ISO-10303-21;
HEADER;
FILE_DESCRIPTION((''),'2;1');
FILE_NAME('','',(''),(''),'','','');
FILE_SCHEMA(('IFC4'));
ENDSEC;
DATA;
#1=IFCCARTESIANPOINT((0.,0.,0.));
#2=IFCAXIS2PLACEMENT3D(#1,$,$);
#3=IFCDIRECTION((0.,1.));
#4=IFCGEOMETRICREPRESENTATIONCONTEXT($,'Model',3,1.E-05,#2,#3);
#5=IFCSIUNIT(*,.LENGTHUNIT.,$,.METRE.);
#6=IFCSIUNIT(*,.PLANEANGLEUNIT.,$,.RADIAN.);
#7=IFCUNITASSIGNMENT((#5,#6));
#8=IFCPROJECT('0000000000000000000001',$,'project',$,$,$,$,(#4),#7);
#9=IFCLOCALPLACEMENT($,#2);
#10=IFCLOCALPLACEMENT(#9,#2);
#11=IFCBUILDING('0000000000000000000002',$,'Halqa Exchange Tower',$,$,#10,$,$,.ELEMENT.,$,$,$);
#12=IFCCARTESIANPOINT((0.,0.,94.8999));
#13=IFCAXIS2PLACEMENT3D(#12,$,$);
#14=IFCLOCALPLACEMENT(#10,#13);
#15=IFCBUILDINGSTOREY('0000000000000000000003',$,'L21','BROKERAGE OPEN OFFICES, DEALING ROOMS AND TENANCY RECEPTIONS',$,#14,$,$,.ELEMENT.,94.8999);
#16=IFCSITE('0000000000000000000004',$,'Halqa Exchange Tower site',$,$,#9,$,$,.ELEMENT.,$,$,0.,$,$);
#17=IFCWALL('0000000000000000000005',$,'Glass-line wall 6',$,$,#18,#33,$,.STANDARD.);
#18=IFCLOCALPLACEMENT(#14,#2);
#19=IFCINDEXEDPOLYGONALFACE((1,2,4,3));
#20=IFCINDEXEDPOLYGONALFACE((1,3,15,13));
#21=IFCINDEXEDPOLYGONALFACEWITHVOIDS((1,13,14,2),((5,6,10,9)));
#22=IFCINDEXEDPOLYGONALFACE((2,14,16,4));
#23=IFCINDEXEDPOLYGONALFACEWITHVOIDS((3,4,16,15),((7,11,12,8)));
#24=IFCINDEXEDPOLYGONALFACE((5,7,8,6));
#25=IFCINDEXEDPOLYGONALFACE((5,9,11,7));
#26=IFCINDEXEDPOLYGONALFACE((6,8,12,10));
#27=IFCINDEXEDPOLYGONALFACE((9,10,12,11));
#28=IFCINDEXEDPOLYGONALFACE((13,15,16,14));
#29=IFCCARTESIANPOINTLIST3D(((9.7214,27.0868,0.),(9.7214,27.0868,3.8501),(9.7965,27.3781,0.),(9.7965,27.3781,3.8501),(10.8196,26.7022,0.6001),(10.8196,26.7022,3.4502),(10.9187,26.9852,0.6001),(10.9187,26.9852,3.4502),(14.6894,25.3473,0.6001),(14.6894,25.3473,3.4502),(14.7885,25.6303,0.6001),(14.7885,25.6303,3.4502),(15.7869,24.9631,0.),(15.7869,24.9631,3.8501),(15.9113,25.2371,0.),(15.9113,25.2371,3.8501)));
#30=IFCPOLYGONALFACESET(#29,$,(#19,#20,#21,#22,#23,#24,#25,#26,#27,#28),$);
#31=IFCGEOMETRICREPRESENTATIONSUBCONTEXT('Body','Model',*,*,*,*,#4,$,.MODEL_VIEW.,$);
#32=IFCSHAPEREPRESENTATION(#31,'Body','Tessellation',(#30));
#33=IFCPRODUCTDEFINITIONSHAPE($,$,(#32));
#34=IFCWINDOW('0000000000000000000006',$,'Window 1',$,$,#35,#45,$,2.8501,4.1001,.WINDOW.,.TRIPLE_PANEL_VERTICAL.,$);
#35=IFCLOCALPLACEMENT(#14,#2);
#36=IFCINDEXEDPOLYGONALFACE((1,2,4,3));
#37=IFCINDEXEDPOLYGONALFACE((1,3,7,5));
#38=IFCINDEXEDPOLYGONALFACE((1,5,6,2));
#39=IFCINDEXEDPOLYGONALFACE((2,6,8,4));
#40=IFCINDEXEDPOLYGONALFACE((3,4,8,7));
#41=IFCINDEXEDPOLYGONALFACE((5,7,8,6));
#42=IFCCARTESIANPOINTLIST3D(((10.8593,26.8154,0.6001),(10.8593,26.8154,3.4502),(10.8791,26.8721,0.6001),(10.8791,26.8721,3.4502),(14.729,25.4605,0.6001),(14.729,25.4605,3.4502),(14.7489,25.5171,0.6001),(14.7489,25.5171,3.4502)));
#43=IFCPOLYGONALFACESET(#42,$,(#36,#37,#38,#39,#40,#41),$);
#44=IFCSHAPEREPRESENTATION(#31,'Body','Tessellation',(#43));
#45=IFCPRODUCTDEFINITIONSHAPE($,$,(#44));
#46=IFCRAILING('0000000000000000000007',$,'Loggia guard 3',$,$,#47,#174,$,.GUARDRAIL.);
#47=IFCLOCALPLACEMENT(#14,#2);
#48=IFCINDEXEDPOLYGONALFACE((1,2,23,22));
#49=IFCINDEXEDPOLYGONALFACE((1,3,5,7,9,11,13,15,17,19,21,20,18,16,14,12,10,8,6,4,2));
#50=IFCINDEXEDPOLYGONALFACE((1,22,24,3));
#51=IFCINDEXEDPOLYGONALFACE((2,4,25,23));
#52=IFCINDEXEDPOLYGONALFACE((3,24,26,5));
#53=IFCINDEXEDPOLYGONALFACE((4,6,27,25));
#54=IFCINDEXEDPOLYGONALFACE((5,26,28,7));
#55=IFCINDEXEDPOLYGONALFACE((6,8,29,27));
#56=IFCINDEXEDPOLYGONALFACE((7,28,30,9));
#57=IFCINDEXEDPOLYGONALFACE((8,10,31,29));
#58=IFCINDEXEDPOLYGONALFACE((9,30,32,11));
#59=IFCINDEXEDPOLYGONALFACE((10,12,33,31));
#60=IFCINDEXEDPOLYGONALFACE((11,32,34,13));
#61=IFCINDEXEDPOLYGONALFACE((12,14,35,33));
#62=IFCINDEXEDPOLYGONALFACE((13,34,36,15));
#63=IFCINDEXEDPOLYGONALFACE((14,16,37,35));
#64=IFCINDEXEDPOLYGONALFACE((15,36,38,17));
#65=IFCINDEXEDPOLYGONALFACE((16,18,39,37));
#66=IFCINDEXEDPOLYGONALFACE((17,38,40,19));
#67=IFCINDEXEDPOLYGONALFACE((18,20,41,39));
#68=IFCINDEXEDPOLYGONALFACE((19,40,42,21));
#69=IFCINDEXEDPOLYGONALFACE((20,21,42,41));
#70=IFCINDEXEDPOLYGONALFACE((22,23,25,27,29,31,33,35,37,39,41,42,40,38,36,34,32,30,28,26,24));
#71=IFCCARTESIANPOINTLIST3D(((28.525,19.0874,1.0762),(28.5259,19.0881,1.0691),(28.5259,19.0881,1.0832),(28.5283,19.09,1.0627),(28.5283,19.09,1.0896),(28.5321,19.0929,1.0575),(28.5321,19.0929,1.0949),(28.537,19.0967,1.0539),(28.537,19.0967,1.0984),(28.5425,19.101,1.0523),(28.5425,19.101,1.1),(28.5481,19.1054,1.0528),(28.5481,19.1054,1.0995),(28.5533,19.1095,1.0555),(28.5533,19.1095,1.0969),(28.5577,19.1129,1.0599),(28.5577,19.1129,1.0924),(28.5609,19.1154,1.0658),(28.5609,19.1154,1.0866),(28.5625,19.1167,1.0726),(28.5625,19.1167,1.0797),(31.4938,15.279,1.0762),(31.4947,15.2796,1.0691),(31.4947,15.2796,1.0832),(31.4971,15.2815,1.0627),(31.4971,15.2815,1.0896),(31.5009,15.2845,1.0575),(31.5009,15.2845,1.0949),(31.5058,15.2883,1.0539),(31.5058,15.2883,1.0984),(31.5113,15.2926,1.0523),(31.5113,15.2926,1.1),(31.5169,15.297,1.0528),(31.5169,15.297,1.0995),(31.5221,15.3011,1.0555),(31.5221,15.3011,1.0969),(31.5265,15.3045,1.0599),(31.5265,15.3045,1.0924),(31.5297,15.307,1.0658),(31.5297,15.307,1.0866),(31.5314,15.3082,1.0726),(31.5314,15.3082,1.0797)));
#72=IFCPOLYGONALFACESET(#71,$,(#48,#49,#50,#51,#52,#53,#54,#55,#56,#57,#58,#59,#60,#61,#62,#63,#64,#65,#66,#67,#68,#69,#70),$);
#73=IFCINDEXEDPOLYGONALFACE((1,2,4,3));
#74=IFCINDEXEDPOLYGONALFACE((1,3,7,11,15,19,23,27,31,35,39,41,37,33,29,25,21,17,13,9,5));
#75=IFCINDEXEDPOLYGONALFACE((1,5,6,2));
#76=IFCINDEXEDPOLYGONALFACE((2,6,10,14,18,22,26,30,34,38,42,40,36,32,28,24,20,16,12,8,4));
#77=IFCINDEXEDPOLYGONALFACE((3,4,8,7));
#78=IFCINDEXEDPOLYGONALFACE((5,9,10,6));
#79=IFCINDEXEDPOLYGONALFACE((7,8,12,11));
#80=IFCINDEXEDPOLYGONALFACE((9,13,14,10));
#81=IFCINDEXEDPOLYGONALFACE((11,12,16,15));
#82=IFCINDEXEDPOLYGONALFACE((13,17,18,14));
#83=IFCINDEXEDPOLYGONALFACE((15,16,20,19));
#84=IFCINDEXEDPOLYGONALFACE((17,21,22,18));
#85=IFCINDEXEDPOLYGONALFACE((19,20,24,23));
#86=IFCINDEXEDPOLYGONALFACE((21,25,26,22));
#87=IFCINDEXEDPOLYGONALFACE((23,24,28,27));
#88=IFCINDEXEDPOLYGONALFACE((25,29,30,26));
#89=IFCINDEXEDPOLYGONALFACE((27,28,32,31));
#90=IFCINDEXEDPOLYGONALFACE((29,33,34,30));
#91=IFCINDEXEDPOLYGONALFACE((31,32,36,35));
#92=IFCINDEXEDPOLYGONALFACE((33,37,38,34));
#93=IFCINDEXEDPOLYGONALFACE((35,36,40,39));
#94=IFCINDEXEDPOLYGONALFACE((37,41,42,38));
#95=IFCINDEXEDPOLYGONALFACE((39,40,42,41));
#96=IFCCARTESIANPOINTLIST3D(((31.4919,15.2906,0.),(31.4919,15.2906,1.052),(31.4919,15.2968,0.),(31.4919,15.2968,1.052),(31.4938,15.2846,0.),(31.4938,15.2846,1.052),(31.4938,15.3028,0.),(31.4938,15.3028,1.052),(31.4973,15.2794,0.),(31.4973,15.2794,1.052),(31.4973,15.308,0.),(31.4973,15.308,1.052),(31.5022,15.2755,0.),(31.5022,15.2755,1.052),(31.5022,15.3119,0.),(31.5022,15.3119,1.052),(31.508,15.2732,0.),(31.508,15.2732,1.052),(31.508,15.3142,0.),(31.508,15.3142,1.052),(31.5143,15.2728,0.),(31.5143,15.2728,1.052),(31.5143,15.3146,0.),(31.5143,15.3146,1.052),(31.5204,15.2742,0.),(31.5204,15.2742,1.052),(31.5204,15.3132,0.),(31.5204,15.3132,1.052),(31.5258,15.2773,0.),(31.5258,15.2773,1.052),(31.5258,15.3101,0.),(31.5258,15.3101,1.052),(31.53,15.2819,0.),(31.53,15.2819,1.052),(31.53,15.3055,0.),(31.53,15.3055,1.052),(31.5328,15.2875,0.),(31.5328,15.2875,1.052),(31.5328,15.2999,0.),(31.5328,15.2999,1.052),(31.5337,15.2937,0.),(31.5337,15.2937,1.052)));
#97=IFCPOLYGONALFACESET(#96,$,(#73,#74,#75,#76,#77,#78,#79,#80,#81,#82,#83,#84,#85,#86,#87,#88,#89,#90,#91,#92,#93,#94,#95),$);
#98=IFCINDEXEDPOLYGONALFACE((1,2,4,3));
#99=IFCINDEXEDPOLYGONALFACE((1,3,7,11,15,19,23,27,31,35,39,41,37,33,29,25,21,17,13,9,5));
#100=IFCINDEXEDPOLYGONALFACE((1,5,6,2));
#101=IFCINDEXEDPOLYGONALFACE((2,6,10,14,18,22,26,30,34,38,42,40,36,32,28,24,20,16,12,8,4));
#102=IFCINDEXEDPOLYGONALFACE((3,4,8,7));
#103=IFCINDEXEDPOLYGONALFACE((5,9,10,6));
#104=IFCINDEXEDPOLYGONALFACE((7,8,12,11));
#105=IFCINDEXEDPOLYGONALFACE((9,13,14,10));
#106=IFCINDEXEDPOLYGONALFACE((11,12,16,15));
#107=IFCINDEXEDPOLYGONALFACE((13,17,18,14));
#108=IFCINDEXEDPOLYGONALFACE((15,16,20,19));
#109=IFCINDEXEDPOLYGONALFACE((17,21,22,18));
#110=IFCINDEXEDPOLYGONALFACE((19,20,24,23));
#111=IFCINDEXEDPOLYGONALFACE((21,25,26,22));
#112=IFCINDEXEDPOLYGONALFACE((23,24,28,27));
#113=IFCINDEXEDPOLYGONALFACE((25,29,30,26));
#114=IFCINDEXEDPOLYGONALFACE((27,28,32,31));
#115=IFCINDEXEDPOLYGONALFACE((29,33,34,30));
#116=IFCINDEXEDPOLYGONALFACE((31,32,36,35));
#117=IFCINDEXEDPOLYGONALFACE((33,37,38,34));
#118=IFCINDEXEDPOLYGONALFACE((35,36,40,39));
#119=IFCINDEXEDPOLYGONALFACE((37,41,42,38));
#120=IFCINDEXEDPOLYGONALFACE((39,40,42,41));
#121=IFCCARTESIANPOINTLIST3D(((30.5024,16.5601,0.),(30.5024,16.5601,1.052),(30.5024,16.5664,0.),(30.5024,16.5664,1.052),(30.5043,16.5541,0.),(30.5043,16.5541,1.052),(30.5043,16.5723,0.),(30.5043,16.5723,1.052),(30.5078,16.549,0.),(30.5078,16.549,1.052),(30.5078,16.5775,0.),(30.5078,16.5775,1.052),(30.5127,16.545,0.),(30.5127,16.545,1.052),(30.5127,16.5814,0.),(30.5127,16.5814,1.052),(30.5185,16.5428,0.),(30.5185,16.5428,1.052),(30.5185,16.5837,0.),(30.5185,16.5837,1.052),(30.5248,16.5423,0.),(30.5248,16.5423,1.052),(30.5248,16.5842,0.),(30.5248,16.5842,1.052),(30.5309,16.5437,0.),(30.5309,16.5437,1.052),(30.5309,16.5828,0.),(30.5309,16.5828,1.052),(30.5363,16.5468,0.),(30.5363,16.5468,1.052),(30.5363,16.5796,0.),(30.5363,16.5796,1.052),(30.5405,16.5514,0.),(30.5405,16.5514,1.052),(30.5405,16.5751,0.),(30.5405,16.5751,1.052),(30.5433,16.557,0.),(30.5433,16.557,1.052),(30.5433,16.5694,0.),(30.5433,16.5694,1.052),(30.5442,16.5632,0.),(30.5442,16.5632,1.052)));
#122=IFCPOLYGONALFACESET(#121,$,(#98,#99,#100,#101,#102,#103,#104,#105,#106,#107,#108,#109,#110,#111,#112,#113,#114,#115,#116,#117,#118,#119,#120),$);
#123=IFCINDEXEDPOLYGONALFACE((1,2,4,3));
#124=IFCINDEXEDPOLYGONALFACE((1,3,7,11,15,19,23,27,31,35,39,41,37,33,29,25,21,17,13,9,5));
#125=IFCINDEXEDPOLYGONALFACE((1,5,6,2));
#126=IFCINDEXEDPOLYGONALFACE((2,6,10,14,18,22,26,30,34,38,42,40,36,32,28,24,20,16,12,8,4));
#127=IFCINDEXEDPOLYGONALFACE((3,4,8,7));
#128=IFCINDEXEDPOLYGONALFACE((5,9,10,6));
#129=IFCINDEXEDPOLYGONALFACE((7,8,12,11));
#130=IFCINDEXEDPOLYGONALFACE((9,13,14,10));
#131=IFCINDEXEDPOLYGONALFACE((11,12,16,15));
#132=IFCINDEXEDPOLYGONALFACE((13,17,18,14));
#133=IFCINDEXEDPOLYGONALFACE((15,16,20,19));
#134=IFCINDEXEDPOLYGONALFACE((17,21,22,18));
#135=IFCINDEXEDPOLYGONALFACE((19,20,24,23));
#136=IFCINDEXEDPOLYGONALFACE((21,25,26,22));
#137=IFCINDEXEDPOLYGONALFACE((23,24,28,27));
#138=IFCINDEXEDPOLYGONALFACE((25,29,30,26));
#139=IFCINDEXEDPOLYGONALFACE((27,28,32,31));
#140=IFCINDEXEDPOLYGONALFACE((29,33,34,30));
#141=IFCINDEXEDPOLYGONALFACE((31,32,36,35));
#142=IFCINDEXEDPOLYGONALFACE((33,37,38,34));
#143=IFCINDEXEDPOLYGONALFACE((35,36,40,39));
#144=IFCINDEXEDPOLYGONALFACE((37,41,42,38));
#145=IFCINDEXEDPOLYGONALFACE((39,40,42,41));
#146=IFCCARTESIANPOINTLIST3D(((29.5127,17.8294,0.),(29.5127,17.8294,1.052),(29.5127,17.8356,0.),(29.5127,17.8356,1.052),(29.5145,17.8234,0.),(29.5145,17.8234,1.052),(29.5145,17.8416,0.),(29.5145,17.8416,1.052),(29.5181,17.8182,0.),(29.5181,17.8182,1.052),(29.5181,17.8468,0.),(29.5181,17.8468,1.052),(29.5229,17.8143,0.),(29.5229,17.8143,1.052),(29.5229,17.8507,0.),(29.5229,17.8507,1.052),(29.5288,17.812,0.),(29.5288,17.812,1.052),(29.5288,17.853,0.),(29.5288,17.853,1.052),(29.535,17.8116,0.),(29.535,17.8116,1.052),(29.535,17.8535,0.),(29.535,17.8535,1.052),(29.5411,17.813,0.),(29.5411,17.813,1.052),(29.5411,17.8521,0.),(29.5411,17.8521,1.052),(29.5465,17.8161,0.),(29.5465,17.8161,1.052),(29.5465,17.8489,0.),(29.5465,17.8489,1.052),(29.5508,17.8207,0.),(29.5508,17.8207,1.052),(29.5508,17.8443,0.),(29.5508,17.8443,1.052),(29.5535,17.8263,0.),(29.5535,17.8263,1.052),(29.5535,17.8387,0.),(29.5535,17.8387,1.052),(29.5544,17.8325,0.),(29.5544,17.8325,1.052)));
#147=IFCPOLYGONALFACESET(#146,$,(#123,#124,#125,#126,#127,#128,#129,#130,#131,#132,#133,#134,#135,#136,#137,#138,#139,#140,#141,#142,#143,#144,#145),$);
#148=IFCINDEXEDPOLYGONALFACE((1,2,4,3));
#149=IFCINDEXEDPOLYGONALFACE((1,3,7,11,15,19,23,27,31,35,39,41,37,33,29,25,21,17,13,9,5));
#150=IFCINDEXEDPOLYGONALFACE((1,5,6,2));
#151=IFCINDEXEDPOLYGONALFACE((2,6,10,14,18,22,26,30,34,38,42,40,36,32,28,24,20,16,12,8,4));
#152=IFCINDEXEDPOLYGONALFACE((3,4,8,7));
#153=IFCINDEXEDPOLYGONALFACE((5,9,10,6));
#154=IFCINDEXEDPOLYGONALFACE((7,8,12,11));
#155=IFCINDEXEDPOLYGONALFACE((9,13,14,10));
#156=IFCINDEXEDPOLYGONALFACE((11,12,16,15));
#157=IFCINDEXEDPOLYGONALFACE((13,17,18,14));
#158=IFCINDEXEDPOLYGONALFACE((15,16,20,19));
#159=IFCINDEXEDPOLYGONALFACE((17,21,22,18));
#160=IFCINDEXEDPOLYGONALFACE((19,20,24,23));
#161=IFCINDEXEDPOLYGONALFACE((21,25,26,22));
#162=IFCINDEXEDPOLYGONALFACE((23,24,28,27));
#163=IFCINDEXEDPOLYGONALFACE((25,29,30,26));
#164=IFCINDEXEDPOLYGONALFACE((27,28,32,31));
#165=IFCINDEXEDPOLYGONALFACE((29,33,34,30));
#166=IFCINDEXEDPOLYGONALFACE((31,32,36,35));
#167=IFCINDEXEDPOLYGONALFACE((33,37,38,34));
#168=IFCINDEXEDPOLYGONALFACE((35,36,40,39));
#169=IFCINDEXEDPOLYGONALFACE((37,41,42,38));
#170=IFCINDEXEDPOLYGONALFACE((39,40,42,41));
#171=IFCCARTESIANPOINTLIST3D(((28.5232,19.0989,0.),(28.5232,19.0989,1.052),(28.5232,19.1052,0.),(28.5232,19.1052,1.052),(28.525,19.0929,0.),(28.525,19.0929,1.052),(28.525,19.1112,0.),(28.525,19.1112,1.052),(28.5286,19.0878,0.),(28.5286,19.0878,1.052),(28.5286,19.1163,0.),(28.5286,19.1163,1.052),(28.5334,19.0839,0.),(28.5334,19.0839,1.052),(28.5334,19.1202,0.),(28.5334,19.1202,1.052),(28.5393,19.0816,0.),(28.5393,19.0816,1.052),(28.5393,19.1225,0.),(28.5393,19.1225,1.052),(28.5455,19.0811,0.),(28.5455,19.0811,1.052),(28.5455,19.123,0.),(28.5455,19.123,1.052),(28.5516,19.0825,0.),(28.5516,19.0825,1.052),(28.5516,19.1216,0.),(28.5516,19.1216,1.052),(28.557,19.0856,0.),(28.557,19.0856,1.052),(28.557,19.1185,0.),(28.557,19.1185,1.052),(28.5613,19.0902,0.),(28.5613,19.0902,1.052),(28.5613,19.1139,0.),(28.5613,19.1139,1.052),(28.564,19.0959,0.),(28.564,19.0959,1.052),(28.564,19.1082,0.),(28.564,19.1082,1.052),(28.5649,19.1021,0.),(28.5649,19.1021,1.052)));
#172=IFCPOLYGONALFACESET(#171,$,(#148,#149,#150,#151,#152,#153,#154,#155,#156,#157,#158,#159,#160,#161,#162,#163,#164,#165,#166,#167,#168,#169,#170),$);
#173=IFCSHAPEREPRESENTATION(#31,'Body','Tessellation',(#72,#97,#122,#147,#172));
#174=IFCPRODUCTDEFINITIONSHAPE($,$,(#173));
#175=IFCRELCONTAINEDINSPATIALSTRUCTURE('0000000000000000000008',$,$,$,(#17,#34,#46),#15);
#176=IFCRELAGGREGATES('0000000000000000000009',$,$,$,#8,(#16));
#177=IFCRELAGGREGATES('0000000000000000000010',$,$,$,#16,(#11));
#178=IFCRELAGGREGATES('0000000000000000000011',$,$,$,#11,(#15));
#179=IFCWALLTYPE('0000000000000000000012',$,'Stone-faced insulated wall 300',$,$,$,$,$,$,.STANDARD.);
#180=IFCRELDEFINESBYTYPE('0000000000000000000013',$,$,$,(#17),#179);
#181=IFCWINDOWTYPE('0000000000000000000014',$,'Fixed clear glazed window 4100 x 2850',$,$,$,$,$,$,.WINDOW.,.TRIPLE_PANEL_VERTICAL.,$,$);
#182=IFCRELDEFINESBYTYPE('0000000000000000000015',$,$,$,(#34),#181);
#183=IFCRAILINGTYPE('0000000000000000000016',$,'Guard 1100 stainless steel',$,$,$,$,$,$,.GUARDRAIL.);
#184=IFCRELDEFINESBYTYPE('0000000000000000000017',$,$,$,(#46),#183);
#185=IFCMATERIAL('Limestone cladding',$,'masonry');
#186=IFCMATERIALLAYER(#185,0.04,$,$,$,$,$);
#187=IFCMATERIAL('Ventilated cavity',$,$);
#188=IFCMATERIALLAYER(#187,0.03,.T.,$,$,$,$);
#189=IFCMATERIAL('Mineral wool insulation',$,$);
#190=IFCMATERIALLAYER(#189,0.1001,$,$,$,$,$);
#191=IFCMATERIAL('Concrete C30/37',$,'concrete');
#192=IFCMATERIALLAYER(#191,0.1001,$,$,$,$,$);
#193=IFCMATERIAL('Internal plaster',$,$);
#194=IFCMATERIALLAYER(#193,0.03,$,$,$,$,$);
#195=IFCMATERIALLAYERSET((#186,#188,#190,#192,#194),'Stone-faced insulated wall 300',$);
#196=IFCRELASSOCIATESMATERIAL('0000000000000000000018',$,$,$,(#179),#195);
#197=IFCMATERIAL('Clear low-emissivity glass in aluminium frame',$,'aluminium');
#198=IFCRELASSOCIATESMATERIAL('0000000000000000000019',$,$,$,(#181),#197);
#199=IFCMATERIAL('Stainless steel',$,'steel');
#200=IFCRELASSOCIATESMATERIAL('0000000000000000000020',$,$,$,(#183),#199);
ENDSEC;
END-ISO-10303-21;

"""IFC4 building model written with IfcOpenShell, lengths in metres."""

from ifc_helpers import new_model, si_unit, direction, frame, frame_2d, origin, origin_2d, place, context, subcontext, project, spatial, polyline, rectangle, circle, outline, extrude, material, layer, layer_set, type_object, element, fill, save


model = new_model("IFC4")

# Units and contexts
model_context = context("Model", 3, precision=1e-05, world=origin(), true_north=direction((0.0, 1.0)))
body_context = subcontext(model_context, "Body", "Model", "MODEL_VIEW")
ifc_project = project(units=[si_unit("LENGTHUNIT", "METRE"), si_unit("PLANEANGLEUNIT", "RADIAN")], contexts=[model_context])

# Site, building, storey
site_placement = place(None, origin())
site = spatial("IfcSite", under=ifc_project, at=site_placement, Name="Halqa Exchange Tower site", CompositionType="ELEMENT", RefElevation=0.0)
building_placement = place(site_placement, origin())
building = spatial("IfcBuilding", under=site, at=building_placement, Name="Halqa Exchange Tower", CompositionType="ELEMENT")
storey_placement = place(building_placement, frame((0.0, 0.0, 94.8999)))
storey = spatial("IfcBuildingStorey", under=building, at=storey_placement, Name="L21", Description="BROKERAGE OPEN OFFICES, DEALING ROOMS AND TENANCY RECEPTIONS", CompositionType="ELEMENT", Elevation=94.8999)

# Shared definitions
ifc_material_1 = material(Name="Limestone cladding", Category="masonry")
ifc_layer_1 = layer(ifc_material_1, 0.04)
ifc_material_2 = material(Name="Ventilated cavity")
ifc_layer_2 = layer(ifc_material_2, 0.03, ventilated=True)
ifc_material_3 = material(Name="Mineral wool insulation")
ifc_layer_3 = layer(ifc_material_3, 0.1001)
ifc_material_4 = material(Name="Concrete C30/37", Category="concrete")
ifc_layer_4 = layer(ifc_material_4, 0.1001)
ifc_material_5 = material(Name="Internal plaster")
ifc_layer_5 = layer(ifc_material_5, 0.03)
ifc_layer_set_1 = layer_set([ifc_layer_1, ifc_layer_2, ifc_layer_3, ifc_layer_4, ifc_layer_5], Name="Stone-faced insulated wall 300")
wall_type_1 = type_object("IfcWallType", Name="Stone-faced insulated wall 300", PredefinedType="STANDARD", material=ifc_layer_set_1)
ifc_material_6 = material(Name="Clear low-emissivity glass in aluminium frame", Category="aluminium")

# Wall, opening, window
window_type = type_object("IfcWindowType", Name="Fixed clear glazed window 4100 x 2850", PartitioningType="TRIPLE_PANEL_VERTICAL", PredefinedType="WINDOW", material=ifc_material_6)
wall_1_placement = place(storey_placement, frame((15.8491, 25.1001, 0.0), z_axis=(0.0, 0.0, 1.0), x_axis=(-0.94382, 0.33046, 0.0)))
wall_1 = element("IfcWall", 1, at=wall_1_placement, inside=storey, type_object=wall_type_1, Name="Glass-line wall 6", PredefinedType="STANDARD", context=body_context, shape_type="SweptSolid", body=[
    extrude(outline(polyline([(-0.0134, -0.1499), (6.4653, -0.1499), (6.4399, 0.1499), (0.0134, 0.1499), (-0.0134, -0.1499)])), origin(), (0.0, 0.0, 1.0), 3.8501),
])
opening_1_placement = place(wall_1_placement, frame((1.1763, 0.0, 0.6001)))
opening_1 = element("IfcOpeningElement", 2, at=opening_1_placement, cuts=wall_1, PredefinedType="OPENING", context=body_context, shape_type="SweptSolid", body=[
    extrude(rectangle(XDim=4.1001, YDim=2.8501, at=frame_2d((2.05, 1.425))), frame((0.0, 0.1621, 0.0), z_axis=(0.0, -1.0, 0.0), x_axis=(1.0, 0.0, 0.0)), (0.0, 0.0, 1.0), 0.324),
])
window_1_placement = place(opening_1_placement, origin())
window_1 = element("IfcWindow", 3, at=window_1_placement, inside=storey, type_object=window_type, Name="Window 1", OverallHeight=2.8501, OverallWidth=4.1001, PartitioningType="TRIPLE_PANEL_VERTICAL", PredefinedType="WINDOW", context=body_context, shape_type="SweptSolid", body=[
    extrude(rectangle(XDim=4.1001, YDim=2.8501, at=frame_2d((2.05, 1.425))), frame((0.0, 0.03, 0.0), z_axis=(0.0, -1.0, 0.0), x_axis=(1.0, 0.0, 0.0)), (0.0, 0.0, 1.0), 0.0601),
])
fill(opening_1, window_1)

# Railing
ifc_material_7 = material(Name="Stainless steel", Category="steel")
railing_type = type_object("IfcRailingType", Name="Guard 1100 stainless steel", PredefinedType="GUARDRAIL", material=ifc_material_7)
railing_1_placement = place(storey_placement, frame((31.5127, 15.2937, 0.0)))
element("IfcRailing", 4, at=railing_1_placement, inside=storey, type_object=railing_type, Name="Loggia guard 3", PredefinedType="GUARDRAIL", context=body_context, shape_type="SweptSolid", body=[
    extrude(circle(Radius=0.0239, at=origin_2d()), frame((0.0, 0.0, 1.0762), z_axis=(-0.614805, 0.788679, 0.0), x_axis=(-0.788679, -0.614805, 0.0)), (0.0, 0.0, 1.0), 4.8289),
    extrude(circle(Radius=0.021, at=origin_2d()), origin(), (0.0, 0.0, 1.0), 1.052),
    extrude(circle(Radius=0.021, at=origin_2d()), frame((-0.9895, 1.2695, 0.0)), (0.0, 0.0, 1.0), 1.052),
    extrude(circle(Radius=0.021, at=origin_2d()), frame((-1.9792, 2.5388, 0.0)), (0.0, 0.0, 1.0), 1.052),
    extrude(circle(Radius=0.021, at=origin_2d()), frame((-2.9688, 3.8083, 0.0)), (0.0, 0.0, 1.0), 1.052),
])

save(model, "model.ifc")
